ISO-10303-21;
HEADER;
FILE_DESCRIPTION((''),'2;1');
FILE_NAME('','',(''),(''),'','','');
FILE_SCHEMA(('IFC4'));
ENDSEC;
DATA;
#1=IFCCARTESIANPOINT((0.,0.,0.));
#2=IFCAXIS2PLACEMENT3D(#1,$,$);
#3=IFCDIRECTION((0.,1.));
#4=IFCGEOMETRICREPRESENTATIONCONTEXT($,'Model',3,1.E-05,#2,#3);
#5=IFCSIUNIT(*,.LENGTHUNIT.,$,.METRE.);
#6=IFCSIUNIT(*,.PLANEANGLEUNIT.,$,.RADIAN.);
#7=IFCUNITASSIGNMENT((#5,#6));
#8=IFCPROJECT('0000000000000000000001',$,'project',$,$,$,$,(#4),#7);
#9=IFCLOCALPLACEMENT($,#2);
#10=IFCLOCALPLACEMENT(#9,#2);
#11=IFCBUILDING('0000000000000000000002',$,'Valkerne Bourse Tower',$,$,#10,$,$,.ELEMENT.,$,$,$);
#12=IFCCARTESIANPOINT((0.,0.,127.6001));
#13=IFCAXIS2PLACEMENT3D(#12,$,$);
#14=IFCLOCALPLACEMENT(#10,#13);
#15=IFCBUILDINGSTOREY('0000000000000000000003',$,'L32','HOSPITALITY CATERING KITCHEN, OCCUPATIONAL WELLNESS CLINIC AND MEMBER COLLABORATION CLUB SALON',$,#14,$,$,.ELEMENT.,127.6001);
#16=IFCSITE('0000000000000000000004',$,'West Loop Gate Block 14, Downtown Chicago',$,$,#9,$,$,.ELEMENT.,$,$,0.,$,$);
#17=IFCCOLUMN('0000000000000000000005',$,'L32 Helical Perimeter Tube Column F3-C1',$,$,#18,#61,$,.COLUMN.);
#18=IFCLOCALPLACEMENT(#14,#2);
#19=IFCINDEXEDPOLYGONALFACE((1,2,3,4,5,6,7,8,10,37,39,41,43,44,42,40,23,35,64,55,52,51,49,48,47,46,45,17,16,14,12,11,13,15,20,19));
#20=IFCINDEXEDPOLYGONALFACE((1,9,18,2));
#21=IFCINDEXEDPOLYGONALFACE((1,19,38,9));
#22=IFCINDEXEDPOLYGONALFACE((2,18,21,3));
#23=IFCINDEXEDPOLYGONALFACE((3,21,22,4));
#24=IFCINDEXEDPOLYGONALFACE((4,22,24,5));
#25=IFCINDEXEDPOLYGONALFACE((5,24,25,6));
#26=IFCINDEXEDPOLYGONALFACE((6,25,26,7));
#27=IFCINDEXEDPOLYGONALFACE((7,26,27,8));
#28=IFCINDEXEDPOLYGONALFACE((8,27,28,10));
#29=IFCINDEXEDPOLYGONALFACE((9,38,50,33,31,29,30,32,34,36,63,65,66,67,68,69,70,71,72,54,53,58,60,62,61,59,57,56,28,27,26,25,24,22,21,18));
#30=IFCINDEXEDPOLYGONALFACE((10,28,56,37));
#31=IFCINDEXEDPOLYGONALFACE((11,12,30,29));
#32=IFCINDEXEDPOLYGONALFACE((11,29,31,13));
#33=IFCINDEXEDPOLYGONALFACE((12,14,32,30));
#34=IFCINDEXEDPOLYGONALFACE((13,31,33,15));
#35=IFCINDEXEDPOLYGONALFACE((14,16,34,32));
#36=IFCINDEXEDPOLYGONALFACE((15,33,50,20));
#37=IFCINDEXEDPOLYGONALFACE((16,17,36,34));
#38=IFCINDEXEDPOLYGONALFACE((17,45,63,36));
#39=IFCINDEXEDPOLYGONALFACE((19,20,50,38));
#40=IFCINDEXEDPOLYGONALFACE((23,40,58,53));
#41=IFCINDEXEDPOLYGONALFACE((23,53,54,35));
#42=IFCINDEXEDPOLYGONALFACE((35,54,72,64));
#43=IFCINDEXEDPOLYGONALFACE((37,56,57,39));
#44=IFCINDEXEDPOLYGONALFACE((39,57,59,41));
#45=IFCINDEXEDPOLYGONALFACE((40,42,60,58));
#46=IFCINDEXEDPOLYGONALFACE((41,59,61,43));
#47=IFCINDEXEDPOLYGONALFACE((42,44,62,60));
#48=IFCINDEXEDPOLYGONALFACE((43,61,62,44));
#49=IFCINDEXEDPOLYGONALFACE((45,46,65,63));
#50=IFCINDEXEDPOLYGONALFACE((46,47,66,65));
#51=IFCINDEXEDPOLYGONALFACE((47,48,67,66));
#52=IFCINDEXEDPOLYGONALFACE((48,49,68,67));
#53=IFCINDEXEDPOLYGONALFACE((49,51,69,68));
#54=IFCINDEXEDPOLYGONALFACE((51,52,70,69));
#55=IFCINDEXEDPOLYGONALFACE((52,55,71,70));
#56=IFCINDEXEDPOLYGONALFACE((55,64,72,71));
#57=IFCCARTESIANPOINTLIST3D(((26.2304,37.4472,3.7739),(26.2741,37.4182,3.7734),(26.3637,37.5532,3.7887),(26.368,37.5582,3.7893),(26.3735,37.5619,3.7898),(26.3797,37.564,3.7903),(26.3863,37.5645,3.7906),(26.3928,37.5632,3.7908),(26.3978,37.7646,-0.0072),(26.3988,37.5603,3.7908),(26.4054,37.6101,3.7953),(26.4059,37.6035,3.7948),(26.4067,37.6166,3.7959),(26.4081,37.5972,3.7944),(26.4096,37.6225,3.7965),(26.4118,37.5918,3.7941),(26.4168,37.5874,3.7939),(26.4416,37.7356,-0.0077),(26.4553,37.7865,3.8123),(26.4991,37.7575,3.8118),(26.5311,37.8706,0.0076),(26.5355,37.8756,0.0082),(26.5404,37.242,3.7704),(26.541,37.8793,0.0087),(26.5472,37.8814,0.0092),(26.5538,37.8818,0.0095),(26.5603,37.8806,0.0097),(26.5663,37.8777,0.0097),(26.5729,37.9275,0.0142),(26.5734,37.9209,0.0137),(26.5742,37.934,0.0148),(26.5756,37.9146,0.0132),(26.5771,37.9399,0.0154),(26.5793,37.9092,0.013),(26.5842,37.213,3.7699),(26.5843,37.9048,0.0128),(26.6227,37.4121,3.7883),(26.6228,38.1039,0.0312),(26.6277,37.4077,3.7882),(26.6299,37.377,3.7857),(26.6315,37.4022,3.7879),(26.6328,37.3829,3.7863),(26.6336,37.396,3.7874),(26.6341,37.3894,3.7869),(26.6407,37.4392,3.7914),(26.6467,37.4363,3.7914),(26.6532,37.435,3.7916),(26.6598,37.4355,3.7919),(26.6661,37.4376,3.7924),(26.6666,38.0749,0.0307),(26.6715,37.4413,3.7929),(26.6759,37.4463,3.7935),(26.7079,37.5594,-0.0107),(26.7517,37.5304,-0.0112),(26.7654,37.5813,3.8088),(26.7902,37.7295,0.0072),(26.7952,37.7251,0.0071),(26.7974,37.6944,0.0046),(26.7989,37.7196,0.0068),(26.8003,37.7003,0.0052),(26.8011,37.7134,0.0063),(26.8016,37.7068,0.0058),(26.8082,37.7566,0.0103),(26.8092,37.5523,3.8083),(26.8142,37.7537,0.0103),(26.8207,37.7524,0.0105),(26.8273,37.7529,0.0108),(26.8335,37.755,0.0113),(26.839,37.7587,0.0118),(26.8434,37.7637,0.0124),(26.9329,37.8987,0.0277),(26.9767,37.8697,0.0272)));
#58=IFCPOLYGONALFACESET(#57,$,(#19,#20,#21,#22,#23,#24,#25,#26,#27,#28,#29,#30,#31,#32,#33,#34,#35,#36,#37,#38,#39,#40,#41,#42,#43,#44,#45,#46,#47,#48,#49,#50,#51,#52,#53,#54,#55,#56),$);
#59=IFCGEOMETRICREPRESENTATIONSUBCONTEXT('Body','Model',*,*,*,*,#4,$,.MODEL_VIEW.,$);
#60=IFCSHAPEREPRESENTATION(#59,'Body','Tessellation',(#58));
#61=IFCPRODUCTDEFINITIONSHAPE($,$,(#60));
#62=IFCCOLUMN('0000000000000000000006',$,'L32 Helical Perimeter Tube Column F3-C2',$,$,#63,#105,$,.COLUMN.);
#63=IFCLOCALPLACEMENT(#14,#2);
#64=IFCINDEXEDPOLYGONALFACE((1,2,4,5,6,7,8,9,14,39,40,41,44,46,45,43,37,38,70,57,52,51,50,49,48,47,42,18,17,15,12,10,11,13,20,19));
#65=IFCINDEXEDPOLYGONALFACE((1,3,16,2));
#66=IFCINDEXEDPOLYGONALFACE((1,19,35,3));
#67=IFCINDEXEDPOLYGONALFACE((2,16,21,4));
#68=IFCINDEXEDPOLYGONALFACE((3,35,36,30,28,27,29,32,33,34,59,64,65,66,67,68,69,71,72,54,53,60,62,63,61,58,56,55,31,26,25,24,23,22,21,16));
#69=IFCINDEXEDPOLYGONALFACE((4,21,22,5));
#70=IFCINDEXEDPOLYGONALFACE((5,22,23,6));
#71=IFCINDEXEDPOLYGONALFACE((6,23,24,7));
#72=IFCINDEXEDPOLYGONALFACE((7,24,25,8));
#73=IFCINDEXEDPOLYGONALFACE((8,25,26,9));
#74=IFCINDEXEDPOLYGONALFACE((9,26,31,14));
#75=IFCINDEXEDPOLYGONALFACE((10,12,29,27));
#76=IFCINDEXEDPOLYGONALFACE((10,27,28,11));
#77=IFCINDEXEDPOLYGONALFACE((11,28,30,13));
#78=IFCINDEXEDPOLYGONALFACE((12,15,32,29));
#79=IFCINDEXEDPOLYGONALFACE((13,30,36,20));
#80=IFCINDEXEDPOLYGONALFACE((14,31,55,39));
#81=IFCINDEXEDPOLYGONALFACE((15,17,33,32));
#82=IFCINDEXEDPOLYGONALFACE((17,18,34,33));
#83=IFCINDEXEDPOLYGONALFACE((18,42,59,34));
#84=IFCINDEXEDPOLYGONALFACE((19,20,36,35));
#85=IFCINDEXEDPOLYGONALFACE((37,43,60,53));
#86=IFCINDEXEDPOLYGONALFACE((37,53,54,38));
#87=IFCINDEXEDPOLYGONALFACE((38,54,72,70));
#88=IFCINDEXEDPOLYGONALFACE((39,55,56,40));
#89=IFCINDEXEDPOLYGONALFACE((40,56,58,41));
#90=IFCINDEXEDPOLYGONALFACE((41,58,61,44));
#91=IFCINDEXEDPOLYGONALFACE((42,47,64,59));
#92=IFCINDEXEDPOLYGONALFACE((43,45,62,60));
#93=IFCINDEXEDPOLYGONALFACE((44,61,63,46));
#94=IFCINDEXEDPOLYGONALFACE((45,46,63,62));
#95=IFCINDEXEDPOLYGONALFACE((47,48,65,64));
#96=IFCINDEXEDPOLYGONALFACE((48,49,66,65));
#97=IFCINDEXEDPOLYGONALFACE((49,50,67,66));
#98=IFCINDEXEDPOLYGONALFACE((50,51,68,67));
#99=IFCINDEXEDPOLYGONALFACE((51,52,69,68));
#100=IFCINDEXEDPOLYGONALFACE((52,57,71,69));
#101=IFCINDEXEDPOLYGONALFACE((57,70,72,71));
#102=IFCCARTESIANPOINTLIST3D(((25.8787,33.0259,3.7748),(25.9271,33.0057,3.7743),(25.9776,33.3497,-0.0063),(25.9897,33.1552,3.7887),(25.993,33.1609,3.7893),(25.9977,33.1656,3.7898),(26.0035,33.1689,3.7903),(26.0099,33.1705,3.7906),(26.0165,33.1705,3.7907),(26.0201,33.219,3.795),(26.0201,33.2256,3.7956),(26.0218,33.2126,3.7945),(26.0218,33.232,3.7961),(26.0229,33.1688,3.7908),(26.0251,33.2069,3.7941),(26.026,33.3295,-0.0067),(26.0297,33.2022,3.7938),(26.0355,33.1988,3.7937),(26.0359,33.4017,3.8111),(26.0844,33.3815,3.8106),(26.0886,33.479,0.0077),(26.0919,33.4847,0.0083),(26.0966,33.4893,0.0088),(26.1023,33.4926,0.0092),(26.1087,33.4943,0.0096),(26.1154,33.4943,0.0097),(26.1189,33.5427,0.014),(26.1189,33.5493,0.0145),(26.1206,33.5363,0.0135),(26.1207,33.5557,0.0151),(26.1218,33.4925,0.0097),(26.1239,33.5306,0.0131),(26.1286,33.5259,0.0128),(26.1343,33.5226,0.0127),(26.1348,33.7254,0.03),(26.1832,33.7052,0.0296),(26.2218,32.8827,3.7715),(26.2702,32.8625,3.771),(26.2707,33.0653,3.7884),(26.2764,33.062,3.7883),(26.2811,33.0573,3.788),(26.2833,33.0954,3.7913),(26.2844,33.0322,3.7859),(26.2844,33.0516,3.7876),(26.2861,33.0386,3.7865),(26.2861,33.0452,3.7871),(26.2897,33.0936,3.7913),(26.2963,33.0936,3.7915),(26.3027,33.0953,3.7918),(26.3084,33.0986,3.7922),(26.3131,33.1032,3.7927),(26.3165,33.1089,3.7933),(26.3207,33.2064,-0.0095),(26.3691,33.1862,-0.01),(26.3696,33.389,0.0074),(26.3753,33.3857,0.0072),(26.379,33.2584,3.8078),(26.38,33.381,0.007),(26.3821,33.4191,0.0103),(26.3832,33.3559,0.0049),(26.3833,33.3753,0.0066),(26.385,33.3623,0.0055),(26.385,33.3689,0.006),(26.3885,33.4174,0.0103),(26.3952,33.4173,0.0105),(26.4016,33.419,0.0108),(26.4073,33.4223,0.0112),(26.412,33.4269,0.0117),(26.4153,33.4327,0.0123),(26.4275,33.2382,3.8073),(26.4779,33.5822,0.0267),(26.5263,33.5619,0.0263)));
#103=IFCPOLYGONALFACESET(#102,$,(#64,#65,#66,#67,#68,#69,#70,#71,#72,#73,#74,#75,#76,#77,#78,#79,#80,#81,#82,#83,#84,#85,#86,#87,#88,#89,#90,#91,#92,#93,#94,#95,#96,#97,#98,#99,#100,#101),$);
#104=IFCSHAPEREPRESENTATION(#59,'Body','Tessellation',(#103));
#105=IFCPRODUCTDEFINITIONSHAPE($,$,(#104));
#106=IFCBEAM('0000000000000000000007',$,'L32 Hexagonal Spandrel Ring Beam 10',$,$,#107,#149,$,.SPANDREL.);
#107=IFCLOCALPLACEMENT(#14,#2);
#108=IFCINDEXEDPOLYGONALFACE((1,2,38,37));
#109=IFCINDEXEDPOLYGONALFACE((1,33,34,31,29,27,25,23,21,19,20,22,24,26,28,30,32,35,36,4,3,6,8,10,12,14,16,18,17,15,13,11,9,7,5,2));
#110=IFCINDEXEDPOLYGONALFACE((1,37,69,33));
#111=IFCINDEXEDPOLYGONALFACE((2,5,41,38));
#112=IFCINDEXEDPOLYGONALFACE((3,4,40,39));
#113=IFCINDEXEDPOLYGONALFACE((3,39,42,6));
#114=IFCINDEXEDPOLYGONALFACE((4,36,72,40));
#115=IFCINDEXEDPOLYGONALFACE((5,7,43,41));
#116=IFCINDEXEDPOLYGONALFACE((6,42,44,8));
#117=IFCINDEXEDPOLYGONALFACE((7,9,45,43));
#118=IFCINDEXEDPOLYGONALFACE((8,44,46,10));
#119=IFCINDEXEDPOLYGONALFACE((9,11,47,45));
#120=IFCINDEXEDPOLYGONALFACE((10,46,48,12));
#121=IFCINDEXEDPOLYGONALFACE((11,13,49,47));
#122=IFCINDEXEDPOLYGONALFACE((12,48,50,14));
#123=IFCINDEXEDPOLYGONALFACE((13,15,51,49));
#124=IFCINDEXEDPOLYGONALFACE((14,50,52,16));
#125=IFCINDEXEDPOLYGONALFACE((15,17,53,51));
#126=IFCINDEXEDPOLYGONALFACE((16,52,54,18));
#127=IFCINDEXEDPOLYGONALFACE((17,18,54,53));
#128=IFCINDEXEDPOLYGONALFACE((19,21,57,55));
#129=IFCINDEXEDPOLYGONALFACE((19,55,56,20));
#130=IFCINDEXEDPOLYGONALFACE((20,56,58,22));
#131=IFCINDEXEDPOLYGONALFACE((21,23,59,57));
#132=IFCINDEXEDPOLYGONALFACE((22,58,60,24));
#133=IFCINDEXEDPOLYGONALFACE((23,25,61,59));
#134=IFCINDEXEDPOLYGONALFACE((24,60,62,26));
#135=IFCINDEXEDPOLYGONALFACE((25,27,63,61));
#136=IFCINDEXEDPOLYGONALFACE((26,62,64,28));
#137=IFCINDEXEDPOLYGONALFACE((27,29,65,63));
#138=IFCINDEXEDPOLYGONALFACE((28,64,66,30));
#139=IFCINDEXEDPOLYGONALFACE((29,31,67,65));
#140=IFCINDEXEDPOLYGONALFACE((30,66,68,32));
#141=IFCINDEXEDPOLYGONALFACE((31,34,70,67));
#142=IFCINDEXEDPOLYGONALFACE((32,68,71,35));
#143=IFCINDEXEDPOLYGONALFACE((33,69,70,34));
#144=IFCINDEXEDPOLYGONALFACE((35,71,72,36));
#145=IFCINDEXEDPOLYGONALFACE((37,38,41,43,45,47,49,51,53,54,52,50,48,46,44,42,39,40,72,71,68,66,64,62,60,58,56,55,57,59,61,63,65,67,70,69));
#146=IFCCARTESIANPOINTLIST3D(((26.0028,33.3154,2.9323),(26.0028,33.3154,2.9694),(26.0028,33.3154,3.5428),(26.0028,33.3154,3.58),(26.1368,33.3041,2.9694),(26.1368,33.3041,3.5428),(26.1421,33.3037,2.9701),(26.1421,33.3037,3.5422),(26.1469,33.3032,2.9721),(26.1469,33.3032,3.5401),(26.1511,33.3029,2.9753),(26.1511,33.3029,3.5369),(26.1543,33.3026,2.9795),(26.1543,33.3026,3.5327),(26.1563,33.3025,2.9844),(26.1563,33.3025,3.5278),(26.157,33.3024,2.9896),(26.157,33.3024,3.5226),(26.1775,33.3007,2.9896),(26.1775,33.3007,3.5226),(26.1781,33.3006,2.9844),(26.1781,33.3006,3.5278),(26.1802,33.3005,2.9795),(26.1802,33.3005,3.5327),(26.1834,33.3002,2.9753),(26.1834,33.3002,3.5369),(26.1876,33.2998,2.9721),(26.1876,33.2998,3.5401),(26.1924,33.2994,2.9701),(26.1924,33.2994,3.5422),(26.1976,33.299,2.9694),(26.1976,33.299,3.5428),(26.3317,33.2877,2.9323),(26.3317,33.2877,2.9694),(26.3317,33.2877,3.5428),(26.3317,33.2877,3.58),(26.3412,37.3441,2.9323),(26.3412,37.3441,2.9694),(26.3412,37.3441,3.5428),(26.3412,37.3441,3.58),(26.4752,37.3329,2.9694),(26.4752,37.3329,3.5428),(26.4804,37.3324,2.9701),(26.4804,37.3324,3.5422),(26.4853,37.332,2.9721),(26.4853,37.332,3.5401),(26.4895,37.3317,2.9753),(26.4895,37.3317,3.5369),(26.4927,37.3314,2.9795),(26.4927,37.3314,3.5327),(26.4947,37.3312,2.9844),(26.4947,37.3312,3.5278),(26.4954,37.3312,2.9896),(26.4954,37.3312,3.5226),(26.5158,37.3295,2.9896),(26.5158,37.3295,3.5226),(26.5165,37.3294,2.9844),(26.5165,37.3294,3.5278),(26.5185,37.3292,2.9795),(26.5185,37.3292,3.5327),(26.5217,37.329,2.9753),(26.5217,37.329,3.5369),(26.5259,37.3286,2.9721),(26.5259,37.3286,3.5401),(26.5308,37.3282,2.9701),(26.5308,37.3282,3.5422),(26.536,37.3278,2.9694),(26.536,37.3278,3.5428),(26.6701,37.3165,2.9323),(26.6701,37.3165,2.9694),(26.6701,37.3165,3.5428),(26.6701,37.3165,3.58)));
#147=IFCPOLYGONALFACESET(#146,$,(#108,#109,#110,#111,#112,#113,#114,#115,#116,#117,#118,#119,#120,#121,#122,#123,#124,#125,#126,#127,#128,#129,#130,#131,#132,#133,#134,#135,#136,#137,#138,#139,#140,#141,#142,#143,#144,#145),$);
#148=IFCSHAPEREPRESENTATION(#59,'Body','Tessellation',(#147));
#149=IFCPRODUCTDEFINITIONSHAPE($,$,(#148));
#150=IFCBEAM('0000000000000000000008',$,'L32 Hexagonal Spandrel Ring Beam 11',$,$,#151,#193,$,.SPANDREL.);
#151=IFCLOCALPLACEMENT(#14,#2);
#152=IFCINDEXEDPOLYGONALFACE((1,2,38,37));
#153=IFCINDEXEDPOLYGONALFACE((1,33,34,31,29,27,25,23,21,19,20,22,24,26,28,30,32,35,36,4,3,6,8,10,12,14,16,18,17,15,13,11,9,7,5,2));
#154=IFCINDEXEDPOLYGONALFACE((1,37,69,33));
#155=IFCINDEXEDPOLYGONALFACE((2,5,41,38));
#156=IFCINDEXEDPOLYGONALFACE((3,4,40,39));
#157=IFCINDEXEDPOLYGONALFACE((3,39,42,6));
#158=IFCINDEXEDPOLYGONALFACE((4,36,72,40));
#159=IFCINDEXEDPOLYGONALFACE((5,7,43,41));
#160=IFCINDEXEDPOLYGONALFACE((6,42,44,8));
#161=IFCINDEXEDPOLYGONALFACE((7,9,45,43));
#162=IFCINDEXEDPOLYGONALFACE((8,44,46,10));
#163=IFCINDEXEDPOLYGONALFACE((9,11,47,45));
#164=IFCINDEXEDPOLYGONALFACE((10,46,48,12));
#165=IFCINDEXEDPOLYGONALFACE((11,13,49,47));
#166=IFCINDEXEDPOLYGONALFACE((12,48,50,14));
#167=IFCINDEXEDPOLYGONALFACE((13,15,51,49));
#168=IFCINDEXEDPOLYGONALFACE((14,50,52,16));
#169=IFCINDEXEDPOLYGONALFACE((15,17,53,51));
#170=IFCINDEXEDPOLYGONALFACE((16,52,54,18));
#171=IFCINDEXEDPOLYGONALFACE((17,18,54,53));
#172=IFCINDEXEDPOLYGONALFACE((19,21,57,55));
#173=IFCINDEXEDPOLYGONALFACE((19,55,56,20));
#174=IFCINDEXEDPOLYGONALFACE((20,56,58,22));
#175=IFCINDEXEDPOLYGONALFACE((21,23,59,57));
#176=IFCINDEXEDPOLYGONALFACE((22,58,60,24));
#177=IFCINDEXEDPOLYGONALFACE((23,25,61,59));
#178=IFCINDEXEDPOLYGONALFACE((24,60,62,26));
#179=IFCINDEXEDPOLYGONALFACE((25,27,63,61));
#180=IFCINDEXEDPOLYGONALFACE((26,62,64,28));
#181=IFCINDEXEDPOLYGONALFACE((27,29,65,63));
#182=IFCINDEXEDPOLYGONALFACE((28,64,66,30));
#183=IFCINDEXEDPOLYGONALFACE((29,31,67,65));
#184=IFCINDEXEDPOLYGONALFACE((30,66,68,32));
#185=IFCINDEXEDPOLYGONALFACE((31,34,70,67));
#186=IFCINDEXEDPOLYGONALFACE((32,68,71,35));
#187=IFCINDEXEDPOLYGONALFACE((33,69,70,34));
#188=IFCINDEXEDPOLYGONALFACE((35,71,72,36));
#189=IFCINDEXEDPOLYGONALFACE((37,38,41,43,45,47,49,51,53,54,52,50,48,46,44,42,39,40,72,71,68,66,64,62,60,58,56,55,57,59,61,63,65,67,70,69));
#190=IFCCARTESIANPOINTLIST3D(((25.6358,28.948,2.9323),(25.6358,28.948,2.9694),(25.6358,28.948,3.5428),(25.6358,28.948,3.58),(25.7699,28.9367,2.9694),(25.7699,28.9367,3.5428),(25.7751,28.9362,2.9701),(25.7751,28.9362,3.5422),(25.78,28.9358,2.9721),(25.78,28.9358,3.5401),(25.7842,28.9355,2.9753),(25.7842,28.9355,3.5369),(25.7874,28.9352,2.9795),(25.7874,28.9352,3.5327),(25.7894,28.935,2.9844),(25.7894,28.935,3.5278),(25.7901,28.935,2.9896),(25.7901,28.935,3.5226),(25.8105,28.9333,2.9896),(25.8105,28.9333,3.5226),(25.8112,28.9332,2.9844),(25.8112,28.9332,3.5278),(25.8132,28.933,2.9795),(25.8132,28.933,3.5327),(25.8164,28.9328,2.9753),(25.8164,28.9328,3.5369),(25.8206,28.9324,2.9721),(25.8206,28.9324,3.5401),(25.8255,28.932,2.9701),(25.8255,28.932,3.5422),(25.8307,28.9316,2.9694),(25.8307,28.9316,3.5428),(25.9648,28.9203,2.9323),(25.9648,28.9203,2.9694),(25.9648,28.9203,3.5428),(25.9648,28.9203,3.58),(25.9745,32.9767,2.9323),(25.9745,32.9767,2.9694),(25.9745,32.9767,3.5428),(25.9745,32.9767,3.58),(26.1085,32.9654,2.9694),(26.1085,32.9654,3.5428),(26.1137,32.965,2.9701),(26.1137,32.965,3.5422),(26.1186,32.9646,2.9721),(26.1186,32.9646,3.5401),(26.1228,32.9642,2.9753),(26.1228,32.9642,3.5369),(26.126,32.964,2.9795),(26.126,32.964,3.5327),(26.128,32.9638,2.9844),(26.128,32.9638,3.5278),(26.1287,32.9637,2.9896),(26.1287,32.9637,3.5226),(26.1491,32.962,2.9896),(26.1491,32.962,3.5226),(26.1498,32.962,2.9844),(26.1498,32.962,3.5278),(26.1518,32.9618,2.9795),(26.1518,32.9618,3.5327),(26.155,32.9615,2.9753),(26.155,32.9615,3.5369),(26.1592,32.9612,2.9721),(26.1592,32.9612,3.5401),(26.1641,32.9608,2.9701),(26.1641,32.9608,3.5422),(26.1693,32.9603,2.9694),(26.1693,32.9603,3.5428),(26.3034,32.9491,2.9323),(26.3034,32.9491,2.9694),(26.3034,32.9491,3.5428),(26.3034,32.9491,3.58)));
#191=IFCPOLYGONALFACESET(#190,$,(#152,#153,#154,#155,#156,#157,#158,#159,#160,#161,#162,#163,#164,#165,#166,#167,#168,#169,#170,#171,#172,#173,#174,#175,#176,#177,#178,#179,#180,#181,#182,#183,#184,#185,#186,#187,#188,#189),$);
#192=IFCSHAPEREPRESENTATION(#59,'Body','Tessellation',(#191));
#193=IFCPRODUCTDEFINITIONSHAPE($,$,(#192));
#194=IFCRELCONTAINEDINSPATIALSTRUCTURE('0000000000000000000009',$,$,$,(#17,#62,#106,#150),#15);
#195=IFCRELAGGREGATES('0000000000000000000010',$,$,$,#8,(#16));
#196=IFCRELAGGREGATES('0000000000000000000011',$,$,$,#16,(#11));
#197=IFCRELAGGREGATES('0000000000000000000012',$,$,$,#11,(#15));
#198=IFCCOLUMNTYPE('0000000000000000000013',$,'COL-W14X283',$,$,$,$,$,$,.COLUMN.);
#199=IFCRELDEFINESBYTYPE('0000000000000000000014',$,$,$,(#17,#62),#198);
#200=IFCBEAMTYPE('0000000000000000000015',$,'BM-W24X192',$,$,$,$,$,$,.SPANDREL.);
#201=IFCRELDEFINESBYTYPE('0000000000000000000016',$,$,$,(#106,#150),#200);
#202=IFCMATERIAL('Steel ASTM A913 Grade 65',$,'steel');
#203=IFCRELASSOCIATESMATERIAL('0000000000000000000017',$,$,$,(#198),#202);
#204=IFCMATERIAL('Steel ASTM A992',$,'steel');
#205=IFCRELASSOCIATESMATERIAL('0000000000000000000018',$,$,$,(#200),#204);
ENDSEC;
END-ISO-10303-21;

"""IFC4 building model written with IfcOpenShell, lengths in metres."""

from ifc_helpers import new_model, si_unit, direction, frame, origin, origin_2d, place, context, subcontext, project, spatial, i_section, extrude, material, material_profile, profile_set, type_object, element, save


model = new_model("IFC4")

# Units and contexts
model_context = context("Model", 3, precision=1e-05, world=origin(), true_north=direction((0.0, 1.0)))
body_context = subcontext(model_context, "Body", "Model", "MODEL_VIEW")
ifc_project = project(units=[si_unit("LENGTHUNIT", "METRE"), si_unit("PLANEANGLEUNIT", "RADIAN")], contexts=[model_context])

# Site, building, storey
site_placement = place(None, origin())
site = spatial("IfcSite", under=ifc_project, at=site_placement, Name="West Loop Gate Block 14, Downtown Chicago", CompositionType="ELEMENT", RefElevation=0.0)
building_placement = place(site_placement, origin())
building = spatial("IfcBuilding", under=site, at=building_placement, Name="Valkerne Bourse Tower", CompositionType="ELEMENT")
storey_placement = place(building_placement, frame((0.0, 0.0, 127.6001)))
storey = spatial("IfcBuildingStorey", under=building, at=storey_placement, Name="L32", Description="HOSPITALITY CATERING KITCHEN, OCCUPATIONAL WELLNESS CLINIC AND MEMBER COLLABORATION CLUB SALON", CompositionType="ELEMENT", Elevation=127.6001)

# Columns
ifc_material_1 = material(Name="Steel ASTM A913 Grade 65", Category="steel")
ifc_material_profile_1 = material_profile(ifc_material_1, i_section(OverallWidth=0.4089, OverallDepth=0.4243, WebThickness=0.0327, FlangeThickness=0.0525, FilletRadius=0.0254, at=origin_2d()), Name="W14X283")
ifc_profile_set_1 = profile_set([ifc_material_profile_1], Name="Steel ASTM A913 Grade 65")
column_type = type_object("IfcColumnType", Name="COL-W14X283", PredefinedType="COLUMN", material=ifc_profile_set_1)
column_1_placement = place(storey_placement, frame((26.6873, 37.8171, 0.01), z_axis=(-0.044097, -0.083566, 0.995526), x_axis=(-0.550154, -0.829753, -0.09402)))
element("IfcColumn", 1, at=column_1_placement, inside=storey, type_object=column_type, Name="L32 Helical Perimeter Tube Column F3-C1", PredefinedType="COLUMN", context=body_context, shape_type="SweptSolid", body=[
    extrude(i_section(OverallWidth=0.4089, OverallDepth=0.4243, WebThickness=0.0327, FlangeThickness=0.0525, FilletRadius=0.0254, at=origin_2d()), origin(), (0.0, 0.0, 1.0), 3.7981),
])
column_2_placement = place(storey_placement, frame((26.252, 33.4558, 0.01), z_axis=(-0.026047, -0.085279, 0.996017), x_axis=(-0.384494, -0.918853, -0.088727)))
element("IfcColumn", 2, at=column_2_placement, inside=storey, type_object=column_type, Name="L32 Helical Perimeter Tube Column F3-C2", PredefinedType="COLUMN", context=body_context, shape_type="SweptSolid", body=[
    extrude(i_section(OverallWidth=0.4089, OverallDepth=0.4243, WebThickness=0.0327, FlangeThickness=0.0525, FilletRadius=0.0254, at=origin_2d()), origin(), (0.0, 0.0, 1.0), 3.7961),
])

# Beams
ifc_material_2 = material(Name="Steel ASTM A992", Category="steel")
ifc_material_profile_2 = material_profile(ifc_material_2, i_section(OverallWidth=0.3301, OverallDepth=0.6477, WebThickness=0.0205, FlangeThickness=0.0371, FilletRadius=0.0203, at=origin_2d()), Name="W24X192")
ifc_profile_set_2 = profile_set([ifc_material_profile_2], Name="Steel ASTM A992")
beam_type_1 = type_object("IfcBeamType", Name="BM-W24X192", PredefinedType="SPANDREL", material=ifc_profile_set_2)
for number, where, z_axis, x_axis, name in (
    (3, (26.5056, 37.3303, 3.2561), (-0.083695, -0.996491, 0.0), (0.996491, -0.083695, 0.0), "L32 Hexagonal Spandrel Ring Beam 10"),
    (4, (26.1389, 32.9629, 3.2561), (-0.083755, -0.996486, 0.0), (0.996486, -0.083755, 0.0), "L32 Hexagonal Spandrel Ring Beam 11"),
):
    element("IfcBeam", number, at=place(storey_placement, frame(where, z_axis=z_axis, x_axis=x_axis)), inside=storey, type_object=beam_type_1, Name=name, PredefinedType="SPANDREL", context=body_context, shape_type="SweptSolid", body=[
        extrude(i_section(OverallWidth=0.3301, OverallDepth=0.6477, WebThickness=0.0205, FlangeThickness=0.0371, FilletRadius=0.0203, at=origin_2d()), origin(), (0.0, 0.0, 1.0), 4.043),
    ])

save(model, "model.ifc")
